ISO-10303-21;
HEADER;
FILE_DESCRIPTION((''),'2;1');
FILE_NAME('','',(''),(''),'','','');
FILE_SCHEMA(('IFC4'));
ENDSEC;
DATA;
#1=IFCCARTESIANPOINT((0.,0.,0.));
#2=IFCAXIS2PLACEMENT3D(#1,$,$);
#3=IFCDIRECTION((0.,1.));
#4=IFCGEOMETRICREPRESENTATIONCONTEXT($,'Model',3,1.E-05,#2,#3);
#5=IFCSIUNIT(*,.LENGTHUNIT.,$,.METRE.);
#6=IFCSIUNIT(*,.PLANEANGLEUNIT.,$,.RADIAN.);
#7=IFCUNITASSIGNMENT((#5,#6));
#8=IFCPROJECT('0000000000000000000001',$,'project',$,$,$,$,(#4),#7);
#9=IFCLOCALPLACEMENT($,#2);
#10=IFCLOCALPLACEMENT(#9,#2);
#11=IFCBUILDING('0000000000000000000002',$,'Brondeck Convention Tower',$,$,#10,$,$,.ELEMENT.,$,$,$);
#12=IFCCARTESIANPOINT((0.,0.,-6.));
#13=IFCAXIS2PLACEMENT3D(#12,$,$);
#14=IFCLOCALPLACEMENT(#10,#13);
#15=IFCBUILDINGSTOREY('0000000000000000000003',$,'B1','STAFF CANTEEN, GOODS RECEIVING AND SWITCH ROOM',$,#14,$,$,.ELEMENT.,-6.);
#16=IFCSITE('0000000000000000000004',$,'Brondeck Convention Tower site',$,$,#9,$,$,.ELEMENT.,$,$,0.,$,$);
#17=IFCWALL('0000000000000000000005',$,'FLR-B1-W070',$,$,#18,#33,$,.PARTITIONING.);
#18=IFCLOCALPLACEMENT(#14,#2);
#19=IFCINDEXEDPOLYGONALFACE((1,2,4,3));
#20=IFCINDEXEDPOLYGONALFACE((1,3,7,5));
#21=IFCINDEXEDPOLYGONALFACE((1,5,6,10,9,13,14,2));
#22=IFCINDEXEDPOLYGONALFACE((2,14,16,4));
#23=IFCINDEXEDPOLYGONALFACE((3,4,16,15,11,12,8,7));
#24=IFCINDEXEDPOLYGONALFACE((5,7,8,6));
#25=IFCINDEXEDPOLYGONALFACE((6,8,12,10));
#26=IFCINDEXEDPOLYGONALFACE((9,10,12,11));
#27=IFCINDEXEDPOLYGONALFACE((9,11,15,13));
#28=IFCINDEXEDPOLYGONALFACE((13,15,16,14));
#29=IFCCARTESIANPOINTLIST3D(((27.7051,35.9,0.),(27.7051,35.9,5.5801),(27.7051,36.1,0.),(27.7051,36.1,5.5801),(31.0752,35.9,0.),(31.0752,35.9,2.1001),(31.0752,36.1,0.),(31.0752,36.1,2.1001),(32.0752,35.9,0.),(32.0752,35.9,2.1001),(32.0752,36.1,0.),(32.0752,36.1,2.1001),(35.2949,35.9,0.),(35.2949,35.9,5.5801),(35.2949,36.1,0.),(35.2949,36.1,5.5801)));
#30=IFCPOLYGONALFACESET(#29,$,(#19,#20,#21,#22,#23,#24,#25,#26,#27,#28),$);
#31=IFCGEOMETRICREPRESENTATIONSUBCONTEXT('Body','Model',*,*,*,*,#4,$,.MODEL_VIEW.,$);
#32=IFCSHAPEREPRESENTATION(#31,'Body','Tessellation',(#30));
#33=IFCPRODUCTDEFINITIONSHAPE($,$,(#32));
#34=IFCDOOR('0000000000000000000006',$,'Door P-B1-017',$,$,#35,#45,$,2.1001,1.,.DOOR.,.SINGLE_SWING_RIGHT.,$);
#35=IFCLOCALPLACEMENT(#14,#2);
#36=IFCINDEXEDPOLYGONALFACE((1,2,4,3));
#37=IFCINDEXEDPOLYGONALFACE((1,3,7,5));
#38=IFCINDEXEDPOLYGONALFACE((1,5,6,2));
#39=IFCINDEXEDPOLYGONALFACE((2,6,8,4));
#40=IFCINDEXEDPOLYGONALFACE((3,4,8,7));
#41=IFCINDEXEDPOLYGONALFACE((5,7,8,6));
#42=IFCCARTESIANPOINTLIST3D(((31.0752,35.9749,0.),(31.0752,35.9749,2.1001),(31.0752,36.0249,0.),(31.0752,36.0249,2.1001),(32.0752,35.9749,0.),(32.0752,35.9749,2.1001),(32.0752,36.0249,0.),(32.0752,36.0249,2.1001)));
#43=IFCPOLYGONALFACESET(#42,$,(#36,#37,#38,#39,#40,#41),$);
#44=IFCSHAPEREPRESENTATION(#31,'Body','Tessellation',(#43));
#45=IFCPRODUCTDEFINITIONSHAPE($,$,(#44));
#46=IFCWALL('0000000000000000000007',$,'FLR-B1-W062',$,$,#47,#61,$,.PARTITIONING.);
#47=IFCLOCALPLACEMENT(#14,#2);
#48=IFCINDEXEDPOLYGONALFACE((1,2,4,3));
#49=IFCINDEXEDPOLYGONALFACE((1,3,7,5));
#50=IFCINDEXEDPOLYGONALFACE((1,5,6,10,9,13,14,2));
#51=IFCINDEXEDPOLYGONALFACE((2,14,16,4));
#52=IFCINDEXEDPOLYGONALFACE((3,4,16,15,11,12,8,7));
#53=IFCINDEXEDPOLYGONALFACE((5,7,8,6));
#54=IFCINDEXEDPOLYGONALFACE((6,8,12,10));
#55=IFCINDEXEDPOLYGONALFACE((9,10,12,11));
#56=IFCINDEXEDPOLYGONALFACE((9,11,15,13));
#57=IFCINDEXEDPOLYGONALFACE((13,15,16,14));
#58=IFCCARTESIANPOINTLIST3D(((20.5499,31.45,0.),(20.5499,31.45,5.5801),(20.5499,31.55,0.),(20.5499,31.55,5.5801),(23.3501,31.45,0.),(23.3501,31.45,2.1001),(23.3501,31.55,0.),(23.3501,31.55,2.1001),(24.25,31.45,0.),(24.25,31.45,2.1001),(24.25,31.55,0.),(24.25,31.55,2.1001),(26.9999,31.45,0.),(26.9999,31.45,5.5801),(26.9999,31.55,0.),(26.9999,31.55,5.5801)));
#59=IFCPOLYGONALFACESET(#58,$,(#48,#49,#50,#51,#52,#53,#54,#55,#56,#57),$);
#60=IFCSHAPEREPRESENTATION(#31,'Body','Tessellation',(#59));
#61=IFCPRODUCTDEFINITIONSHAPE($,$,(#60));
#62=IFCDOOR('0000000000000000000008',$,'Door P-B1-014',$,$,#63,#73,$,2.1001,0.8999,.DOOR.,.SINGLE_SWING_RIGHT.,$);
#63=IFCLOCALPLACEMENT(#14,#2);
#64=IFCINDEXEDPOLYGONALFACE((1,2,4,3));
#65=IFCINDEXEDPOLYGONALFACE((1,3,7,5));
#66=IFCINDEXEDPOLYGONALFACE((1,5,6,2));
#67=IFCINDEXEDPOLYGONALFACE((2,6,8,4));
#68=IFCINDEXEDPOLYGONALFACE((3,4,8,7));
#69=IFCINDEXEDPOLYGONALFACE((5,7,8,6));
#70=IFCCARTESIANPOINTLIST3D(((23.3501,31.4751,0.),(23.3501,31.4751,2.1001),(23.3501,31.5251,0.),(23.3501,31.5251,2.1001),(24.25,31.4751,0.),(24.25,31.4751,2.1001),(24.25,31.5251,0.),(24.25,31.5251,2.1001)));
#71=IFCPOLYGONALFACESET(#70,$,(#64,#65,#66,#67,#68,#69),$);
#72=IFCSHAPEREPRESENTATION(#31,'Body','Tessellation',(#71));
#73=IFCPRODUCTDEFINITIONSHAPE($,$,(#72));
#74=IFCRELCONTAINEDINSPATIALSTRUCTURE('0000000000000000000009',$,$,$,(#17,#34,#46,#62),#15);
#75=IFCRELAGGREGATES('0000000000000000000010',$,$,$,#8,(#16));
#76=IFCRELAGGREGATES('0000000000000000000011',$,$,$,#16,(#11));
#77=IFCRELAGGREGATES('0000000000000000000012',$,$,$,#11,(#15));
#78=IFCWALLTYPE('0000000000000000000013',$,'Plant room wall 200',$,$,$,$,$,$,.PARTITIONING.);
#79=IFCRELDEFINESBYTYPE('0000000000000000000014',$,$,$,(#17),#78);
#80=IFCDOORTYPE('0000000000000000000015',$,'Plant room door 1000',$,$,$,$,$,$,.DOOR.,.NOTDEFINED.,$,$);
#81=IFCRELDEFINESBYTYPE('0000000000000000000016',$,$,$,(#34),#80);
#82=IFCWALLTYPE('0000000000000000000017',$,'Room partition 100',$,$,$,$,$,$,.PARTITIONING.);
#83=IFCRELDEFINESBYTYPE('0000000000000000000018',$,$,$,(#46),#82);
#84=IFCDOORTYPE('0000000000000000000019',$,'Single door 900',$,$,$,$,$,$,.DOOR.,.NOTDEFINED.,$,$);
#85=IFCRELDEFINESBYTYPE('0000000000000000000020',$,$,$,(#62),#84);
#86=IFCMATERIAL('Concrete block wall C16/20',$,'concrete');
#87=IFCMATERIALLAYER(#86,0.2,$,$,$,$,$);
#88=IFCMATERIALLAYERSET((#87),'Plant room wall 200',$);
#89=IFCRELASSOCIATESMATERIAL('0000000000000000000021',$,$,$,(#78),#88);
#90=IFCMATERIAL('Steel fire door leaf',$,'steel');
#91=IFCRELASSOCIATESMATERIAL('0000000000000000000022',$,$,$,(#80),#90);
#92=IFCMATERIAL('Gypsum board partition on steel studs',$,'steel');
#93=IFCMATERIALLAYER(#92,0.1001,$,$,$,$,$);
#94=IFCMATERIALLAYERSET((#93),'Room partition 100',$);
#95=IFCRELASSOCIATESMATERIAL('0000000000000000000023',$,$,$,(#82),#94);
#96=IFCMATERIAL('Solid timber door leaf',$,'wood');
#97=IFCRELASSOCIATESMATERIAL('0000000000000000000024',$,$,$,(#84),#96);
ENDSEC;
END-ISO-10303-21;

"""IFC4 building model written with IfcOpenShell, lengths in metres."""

from ifc_helpers import new_model, si_unit, direction, frame, frame_2d, origin, place, context, subcontext, project, spatial, rectangle, extrude, material, layer, layer_set, type_object, element, fill, save


model = new_model("IFC4")

# Units and contexts
model_context = context("Model", 3, precision=1e-05, world=origin(), true_north=direction((0.0, 1.0)))
body_context = subcontext(model_context, "Body", "Model", "MODEL_VIEW")
ifc_project = project(units=[si_unit("LENGTHUNIT", "METRE"), si_unit("PLANEANGLEUNIT", "RADIAN")], contexts=[model_context])

# Site, building, storey
site_placement = place(None, origin())
site = spatial("IfcSite", under=ifc_project, at=site_placement, Name="Brondeck Convention Tower site", CompositionType="ELEMENT", RefElevation=0.0)
building_placement = place(site_placement, origin())
building = spatial("IfcBuilding", under=site, at=building_placement, Name="Brondeck Convention Tower", CompositionType="ELEMENT")
storey_placement = place(building_placement, frame((0.0, 0.0, -6.0)))
storey = spatial("IfcBuildingStorey", under=building, at=storey_placement, Name="B1", Description="STAFF CANTEEN, GOODS RECEIVING AND SWITCH ROOM", CompositionType="ELEMENT", Elevation=-6.0)

# Shared definitions
ifc_material_1 = material(Name="Concrete block wall C16/20", Category="concrete")
ifc_layer_1 = layer(ifc_material_1, 0.2)
ifc_layer_set_1 = layer_set([ifc_layer_1], Name="Plant room wall 200")
wall_type_1 = type_object("IfcWallType", Name="Plant room wall 200", PredefinedType="PARTITIONING", material=ifc_layer_set_1)

# Walls, openings, doors
wall_1_placement = place(storey_placement, frame((27.7051, 36.0, 0.0), z_axis=(0.0, 0.0, 1.0), x_axis=(1.0, 0.0, 0.0)))
wall_1 = element("IfcWall", 1, at=wall_1_placement, inside=storey, type_object=wall_type_1, Name="FLR-B1-W070", PredefinedType="PARTITIONING", context=body_context, shape_type="SweptSolid", body=[
    extrude(rectangle(XDim=7.5898, YDim=0.2, at=frame_2d((3.7949, 0.0))), origin(), (0.0, 0.0, 1.0), 5.5801),
])
opening_1_placement = place(wall_1_placement, frame((3.3701, 0.0, 0.0)))
opening_1 = element("IfcOpeningElement", 2, at=opening_1_placement, cuts=wall_1, PredefinedType="OPENING", context=body_context, shape_type="SweptSolid", body=[
    extrude(rectangle(XDim=1.0, YDim=2.1001, at=frame_2d((0.5, 1.05))), frame((0.0, 0.1099, 0.0), z_axis=(0.0, -1.0, 0.0), x_axis=(1.0, 0.0, 0.0)), (0.0, 0.0, 1.0), 0.22),
])
ifc_material_2 = material(Name="Steel fire door leaf", Category="steel")
door_type_1 = type_object("IfcDoorType", Name="Plant room door 1000", OperationType="NOTDEFINED", PredefinedType="DOOR", material=ifc_material_2)
door_1_placement = place(opening_1_placement, origin())
door_1 = element("IfcDoor", 3, at=door_1_placement, inside=storey, type_object=door_type_1, Name="Door P-B1-017", OperationType="SINGLE_SWING_RIGHT", OverallHeight=2.1001, OverallWidth=1.0, PredefinedType="DOOR", context=body_context, shape_type="SweptSolid", body=[
    extrude(rectangle(XDim=1.0, YDim=2.1001, at=frame_2d((0.5, 1.05))), frame((0.0, 0.0249, 0.0), z_axis=(0.0, -1.0, 0.0), x_axis=(1.0, 0.0, 0.0)), (0.0, 0.0, 1.0), 0.05),
])
fill(opening_1, door_1)
ifc_material_3 = material(Name="Gypsum board partition on steel studs", Category="steel")
ifc_layer_2 = layer(ifc_material_3, 0.1001)
ifc_layer_set_2 = layer_set([ifc_layer_2], Name="Room partition 100")
wall_type_2 = type_object("IfcWallType", Name="Room partition 100", PredefinedType="PARTITIONING", material=ifc_layer_set_2)
wall_2_placement = place(storey_placement, frame((27.0, 31.5, 0.0), z_axis=(0.0, 0.0, 1.0), x_axis=(-1.0, 0.0, 0.0)))
wall_2 = element("IfcWall", 4, at=wall_2_placement, inside=storey, type_object=wall_type_2, Name="FLR-B1-W062", PredefinedType="PARTITIONING", context=body_context, shape_type="SweptSolid", body=[
    extrude(rectangle(XDim=6.45, YDim=0.1001, at=frame_2d((3.2251, 0.0))), origin(), (0.0, 0.0, 1.0), 5.5801),
])
opening_2_placement = place(wall_2_placement, frame((2.75, 0.0, 0.0)))
opening_2 = element("IfcOpeningElement", 5, at=opening_2_placement, cuts=wall_2, PredefinedType="OPENING", context=body_context, shape_type="SweptSolid", body=[
    extrude(rectangle(XDim=0.8999, YDim=2.1001, at=frame_2d((0.45, 1.05))), frame((0.0, 0.0601, 0.0), z_axis=(0.0, -1.0, 0.0), x_axis=(1.0, 0.0, 0.0)), (0.0, 0.0, 1.0), 0.1201),
])
ifc_material_4 = material(Name="Solid timber door leaf", Category="wood")
door_type_2 = type_object("IfcDoorType", Name="Single door 900", OperationType="NOTDEFINED", PredefinedType="DOOR", material=ifc_material_4)
door_2_placement = place(opening_2_placement, origin())
door_2 = element("IfcDoor", 6, at=door_2_placement, inside=storey, type_object=door_type_2, Name="Door P-B1-014", OperationType="SINGLE_SWING_RIGHT", OverallHeight=2.1001, OverallWidth=0.8999, PredefinedType="DOOR", context=body_context, shape_type="SweptSolid", body=[
    extrude(rectangle(XDim=0.8999, YDim=2.1001, at=frame_2d((0.45, 1.05))), frame((0.0, 0.0249, 0.0), z_axis=(0.0, -1.0, 0.0), x_axis=(1.0, 0.0, 0.0)), (0.0, 0.0, 1.0), 0.05),
])
fill(opening_2, door_2)

save(model, "model.ifc")
